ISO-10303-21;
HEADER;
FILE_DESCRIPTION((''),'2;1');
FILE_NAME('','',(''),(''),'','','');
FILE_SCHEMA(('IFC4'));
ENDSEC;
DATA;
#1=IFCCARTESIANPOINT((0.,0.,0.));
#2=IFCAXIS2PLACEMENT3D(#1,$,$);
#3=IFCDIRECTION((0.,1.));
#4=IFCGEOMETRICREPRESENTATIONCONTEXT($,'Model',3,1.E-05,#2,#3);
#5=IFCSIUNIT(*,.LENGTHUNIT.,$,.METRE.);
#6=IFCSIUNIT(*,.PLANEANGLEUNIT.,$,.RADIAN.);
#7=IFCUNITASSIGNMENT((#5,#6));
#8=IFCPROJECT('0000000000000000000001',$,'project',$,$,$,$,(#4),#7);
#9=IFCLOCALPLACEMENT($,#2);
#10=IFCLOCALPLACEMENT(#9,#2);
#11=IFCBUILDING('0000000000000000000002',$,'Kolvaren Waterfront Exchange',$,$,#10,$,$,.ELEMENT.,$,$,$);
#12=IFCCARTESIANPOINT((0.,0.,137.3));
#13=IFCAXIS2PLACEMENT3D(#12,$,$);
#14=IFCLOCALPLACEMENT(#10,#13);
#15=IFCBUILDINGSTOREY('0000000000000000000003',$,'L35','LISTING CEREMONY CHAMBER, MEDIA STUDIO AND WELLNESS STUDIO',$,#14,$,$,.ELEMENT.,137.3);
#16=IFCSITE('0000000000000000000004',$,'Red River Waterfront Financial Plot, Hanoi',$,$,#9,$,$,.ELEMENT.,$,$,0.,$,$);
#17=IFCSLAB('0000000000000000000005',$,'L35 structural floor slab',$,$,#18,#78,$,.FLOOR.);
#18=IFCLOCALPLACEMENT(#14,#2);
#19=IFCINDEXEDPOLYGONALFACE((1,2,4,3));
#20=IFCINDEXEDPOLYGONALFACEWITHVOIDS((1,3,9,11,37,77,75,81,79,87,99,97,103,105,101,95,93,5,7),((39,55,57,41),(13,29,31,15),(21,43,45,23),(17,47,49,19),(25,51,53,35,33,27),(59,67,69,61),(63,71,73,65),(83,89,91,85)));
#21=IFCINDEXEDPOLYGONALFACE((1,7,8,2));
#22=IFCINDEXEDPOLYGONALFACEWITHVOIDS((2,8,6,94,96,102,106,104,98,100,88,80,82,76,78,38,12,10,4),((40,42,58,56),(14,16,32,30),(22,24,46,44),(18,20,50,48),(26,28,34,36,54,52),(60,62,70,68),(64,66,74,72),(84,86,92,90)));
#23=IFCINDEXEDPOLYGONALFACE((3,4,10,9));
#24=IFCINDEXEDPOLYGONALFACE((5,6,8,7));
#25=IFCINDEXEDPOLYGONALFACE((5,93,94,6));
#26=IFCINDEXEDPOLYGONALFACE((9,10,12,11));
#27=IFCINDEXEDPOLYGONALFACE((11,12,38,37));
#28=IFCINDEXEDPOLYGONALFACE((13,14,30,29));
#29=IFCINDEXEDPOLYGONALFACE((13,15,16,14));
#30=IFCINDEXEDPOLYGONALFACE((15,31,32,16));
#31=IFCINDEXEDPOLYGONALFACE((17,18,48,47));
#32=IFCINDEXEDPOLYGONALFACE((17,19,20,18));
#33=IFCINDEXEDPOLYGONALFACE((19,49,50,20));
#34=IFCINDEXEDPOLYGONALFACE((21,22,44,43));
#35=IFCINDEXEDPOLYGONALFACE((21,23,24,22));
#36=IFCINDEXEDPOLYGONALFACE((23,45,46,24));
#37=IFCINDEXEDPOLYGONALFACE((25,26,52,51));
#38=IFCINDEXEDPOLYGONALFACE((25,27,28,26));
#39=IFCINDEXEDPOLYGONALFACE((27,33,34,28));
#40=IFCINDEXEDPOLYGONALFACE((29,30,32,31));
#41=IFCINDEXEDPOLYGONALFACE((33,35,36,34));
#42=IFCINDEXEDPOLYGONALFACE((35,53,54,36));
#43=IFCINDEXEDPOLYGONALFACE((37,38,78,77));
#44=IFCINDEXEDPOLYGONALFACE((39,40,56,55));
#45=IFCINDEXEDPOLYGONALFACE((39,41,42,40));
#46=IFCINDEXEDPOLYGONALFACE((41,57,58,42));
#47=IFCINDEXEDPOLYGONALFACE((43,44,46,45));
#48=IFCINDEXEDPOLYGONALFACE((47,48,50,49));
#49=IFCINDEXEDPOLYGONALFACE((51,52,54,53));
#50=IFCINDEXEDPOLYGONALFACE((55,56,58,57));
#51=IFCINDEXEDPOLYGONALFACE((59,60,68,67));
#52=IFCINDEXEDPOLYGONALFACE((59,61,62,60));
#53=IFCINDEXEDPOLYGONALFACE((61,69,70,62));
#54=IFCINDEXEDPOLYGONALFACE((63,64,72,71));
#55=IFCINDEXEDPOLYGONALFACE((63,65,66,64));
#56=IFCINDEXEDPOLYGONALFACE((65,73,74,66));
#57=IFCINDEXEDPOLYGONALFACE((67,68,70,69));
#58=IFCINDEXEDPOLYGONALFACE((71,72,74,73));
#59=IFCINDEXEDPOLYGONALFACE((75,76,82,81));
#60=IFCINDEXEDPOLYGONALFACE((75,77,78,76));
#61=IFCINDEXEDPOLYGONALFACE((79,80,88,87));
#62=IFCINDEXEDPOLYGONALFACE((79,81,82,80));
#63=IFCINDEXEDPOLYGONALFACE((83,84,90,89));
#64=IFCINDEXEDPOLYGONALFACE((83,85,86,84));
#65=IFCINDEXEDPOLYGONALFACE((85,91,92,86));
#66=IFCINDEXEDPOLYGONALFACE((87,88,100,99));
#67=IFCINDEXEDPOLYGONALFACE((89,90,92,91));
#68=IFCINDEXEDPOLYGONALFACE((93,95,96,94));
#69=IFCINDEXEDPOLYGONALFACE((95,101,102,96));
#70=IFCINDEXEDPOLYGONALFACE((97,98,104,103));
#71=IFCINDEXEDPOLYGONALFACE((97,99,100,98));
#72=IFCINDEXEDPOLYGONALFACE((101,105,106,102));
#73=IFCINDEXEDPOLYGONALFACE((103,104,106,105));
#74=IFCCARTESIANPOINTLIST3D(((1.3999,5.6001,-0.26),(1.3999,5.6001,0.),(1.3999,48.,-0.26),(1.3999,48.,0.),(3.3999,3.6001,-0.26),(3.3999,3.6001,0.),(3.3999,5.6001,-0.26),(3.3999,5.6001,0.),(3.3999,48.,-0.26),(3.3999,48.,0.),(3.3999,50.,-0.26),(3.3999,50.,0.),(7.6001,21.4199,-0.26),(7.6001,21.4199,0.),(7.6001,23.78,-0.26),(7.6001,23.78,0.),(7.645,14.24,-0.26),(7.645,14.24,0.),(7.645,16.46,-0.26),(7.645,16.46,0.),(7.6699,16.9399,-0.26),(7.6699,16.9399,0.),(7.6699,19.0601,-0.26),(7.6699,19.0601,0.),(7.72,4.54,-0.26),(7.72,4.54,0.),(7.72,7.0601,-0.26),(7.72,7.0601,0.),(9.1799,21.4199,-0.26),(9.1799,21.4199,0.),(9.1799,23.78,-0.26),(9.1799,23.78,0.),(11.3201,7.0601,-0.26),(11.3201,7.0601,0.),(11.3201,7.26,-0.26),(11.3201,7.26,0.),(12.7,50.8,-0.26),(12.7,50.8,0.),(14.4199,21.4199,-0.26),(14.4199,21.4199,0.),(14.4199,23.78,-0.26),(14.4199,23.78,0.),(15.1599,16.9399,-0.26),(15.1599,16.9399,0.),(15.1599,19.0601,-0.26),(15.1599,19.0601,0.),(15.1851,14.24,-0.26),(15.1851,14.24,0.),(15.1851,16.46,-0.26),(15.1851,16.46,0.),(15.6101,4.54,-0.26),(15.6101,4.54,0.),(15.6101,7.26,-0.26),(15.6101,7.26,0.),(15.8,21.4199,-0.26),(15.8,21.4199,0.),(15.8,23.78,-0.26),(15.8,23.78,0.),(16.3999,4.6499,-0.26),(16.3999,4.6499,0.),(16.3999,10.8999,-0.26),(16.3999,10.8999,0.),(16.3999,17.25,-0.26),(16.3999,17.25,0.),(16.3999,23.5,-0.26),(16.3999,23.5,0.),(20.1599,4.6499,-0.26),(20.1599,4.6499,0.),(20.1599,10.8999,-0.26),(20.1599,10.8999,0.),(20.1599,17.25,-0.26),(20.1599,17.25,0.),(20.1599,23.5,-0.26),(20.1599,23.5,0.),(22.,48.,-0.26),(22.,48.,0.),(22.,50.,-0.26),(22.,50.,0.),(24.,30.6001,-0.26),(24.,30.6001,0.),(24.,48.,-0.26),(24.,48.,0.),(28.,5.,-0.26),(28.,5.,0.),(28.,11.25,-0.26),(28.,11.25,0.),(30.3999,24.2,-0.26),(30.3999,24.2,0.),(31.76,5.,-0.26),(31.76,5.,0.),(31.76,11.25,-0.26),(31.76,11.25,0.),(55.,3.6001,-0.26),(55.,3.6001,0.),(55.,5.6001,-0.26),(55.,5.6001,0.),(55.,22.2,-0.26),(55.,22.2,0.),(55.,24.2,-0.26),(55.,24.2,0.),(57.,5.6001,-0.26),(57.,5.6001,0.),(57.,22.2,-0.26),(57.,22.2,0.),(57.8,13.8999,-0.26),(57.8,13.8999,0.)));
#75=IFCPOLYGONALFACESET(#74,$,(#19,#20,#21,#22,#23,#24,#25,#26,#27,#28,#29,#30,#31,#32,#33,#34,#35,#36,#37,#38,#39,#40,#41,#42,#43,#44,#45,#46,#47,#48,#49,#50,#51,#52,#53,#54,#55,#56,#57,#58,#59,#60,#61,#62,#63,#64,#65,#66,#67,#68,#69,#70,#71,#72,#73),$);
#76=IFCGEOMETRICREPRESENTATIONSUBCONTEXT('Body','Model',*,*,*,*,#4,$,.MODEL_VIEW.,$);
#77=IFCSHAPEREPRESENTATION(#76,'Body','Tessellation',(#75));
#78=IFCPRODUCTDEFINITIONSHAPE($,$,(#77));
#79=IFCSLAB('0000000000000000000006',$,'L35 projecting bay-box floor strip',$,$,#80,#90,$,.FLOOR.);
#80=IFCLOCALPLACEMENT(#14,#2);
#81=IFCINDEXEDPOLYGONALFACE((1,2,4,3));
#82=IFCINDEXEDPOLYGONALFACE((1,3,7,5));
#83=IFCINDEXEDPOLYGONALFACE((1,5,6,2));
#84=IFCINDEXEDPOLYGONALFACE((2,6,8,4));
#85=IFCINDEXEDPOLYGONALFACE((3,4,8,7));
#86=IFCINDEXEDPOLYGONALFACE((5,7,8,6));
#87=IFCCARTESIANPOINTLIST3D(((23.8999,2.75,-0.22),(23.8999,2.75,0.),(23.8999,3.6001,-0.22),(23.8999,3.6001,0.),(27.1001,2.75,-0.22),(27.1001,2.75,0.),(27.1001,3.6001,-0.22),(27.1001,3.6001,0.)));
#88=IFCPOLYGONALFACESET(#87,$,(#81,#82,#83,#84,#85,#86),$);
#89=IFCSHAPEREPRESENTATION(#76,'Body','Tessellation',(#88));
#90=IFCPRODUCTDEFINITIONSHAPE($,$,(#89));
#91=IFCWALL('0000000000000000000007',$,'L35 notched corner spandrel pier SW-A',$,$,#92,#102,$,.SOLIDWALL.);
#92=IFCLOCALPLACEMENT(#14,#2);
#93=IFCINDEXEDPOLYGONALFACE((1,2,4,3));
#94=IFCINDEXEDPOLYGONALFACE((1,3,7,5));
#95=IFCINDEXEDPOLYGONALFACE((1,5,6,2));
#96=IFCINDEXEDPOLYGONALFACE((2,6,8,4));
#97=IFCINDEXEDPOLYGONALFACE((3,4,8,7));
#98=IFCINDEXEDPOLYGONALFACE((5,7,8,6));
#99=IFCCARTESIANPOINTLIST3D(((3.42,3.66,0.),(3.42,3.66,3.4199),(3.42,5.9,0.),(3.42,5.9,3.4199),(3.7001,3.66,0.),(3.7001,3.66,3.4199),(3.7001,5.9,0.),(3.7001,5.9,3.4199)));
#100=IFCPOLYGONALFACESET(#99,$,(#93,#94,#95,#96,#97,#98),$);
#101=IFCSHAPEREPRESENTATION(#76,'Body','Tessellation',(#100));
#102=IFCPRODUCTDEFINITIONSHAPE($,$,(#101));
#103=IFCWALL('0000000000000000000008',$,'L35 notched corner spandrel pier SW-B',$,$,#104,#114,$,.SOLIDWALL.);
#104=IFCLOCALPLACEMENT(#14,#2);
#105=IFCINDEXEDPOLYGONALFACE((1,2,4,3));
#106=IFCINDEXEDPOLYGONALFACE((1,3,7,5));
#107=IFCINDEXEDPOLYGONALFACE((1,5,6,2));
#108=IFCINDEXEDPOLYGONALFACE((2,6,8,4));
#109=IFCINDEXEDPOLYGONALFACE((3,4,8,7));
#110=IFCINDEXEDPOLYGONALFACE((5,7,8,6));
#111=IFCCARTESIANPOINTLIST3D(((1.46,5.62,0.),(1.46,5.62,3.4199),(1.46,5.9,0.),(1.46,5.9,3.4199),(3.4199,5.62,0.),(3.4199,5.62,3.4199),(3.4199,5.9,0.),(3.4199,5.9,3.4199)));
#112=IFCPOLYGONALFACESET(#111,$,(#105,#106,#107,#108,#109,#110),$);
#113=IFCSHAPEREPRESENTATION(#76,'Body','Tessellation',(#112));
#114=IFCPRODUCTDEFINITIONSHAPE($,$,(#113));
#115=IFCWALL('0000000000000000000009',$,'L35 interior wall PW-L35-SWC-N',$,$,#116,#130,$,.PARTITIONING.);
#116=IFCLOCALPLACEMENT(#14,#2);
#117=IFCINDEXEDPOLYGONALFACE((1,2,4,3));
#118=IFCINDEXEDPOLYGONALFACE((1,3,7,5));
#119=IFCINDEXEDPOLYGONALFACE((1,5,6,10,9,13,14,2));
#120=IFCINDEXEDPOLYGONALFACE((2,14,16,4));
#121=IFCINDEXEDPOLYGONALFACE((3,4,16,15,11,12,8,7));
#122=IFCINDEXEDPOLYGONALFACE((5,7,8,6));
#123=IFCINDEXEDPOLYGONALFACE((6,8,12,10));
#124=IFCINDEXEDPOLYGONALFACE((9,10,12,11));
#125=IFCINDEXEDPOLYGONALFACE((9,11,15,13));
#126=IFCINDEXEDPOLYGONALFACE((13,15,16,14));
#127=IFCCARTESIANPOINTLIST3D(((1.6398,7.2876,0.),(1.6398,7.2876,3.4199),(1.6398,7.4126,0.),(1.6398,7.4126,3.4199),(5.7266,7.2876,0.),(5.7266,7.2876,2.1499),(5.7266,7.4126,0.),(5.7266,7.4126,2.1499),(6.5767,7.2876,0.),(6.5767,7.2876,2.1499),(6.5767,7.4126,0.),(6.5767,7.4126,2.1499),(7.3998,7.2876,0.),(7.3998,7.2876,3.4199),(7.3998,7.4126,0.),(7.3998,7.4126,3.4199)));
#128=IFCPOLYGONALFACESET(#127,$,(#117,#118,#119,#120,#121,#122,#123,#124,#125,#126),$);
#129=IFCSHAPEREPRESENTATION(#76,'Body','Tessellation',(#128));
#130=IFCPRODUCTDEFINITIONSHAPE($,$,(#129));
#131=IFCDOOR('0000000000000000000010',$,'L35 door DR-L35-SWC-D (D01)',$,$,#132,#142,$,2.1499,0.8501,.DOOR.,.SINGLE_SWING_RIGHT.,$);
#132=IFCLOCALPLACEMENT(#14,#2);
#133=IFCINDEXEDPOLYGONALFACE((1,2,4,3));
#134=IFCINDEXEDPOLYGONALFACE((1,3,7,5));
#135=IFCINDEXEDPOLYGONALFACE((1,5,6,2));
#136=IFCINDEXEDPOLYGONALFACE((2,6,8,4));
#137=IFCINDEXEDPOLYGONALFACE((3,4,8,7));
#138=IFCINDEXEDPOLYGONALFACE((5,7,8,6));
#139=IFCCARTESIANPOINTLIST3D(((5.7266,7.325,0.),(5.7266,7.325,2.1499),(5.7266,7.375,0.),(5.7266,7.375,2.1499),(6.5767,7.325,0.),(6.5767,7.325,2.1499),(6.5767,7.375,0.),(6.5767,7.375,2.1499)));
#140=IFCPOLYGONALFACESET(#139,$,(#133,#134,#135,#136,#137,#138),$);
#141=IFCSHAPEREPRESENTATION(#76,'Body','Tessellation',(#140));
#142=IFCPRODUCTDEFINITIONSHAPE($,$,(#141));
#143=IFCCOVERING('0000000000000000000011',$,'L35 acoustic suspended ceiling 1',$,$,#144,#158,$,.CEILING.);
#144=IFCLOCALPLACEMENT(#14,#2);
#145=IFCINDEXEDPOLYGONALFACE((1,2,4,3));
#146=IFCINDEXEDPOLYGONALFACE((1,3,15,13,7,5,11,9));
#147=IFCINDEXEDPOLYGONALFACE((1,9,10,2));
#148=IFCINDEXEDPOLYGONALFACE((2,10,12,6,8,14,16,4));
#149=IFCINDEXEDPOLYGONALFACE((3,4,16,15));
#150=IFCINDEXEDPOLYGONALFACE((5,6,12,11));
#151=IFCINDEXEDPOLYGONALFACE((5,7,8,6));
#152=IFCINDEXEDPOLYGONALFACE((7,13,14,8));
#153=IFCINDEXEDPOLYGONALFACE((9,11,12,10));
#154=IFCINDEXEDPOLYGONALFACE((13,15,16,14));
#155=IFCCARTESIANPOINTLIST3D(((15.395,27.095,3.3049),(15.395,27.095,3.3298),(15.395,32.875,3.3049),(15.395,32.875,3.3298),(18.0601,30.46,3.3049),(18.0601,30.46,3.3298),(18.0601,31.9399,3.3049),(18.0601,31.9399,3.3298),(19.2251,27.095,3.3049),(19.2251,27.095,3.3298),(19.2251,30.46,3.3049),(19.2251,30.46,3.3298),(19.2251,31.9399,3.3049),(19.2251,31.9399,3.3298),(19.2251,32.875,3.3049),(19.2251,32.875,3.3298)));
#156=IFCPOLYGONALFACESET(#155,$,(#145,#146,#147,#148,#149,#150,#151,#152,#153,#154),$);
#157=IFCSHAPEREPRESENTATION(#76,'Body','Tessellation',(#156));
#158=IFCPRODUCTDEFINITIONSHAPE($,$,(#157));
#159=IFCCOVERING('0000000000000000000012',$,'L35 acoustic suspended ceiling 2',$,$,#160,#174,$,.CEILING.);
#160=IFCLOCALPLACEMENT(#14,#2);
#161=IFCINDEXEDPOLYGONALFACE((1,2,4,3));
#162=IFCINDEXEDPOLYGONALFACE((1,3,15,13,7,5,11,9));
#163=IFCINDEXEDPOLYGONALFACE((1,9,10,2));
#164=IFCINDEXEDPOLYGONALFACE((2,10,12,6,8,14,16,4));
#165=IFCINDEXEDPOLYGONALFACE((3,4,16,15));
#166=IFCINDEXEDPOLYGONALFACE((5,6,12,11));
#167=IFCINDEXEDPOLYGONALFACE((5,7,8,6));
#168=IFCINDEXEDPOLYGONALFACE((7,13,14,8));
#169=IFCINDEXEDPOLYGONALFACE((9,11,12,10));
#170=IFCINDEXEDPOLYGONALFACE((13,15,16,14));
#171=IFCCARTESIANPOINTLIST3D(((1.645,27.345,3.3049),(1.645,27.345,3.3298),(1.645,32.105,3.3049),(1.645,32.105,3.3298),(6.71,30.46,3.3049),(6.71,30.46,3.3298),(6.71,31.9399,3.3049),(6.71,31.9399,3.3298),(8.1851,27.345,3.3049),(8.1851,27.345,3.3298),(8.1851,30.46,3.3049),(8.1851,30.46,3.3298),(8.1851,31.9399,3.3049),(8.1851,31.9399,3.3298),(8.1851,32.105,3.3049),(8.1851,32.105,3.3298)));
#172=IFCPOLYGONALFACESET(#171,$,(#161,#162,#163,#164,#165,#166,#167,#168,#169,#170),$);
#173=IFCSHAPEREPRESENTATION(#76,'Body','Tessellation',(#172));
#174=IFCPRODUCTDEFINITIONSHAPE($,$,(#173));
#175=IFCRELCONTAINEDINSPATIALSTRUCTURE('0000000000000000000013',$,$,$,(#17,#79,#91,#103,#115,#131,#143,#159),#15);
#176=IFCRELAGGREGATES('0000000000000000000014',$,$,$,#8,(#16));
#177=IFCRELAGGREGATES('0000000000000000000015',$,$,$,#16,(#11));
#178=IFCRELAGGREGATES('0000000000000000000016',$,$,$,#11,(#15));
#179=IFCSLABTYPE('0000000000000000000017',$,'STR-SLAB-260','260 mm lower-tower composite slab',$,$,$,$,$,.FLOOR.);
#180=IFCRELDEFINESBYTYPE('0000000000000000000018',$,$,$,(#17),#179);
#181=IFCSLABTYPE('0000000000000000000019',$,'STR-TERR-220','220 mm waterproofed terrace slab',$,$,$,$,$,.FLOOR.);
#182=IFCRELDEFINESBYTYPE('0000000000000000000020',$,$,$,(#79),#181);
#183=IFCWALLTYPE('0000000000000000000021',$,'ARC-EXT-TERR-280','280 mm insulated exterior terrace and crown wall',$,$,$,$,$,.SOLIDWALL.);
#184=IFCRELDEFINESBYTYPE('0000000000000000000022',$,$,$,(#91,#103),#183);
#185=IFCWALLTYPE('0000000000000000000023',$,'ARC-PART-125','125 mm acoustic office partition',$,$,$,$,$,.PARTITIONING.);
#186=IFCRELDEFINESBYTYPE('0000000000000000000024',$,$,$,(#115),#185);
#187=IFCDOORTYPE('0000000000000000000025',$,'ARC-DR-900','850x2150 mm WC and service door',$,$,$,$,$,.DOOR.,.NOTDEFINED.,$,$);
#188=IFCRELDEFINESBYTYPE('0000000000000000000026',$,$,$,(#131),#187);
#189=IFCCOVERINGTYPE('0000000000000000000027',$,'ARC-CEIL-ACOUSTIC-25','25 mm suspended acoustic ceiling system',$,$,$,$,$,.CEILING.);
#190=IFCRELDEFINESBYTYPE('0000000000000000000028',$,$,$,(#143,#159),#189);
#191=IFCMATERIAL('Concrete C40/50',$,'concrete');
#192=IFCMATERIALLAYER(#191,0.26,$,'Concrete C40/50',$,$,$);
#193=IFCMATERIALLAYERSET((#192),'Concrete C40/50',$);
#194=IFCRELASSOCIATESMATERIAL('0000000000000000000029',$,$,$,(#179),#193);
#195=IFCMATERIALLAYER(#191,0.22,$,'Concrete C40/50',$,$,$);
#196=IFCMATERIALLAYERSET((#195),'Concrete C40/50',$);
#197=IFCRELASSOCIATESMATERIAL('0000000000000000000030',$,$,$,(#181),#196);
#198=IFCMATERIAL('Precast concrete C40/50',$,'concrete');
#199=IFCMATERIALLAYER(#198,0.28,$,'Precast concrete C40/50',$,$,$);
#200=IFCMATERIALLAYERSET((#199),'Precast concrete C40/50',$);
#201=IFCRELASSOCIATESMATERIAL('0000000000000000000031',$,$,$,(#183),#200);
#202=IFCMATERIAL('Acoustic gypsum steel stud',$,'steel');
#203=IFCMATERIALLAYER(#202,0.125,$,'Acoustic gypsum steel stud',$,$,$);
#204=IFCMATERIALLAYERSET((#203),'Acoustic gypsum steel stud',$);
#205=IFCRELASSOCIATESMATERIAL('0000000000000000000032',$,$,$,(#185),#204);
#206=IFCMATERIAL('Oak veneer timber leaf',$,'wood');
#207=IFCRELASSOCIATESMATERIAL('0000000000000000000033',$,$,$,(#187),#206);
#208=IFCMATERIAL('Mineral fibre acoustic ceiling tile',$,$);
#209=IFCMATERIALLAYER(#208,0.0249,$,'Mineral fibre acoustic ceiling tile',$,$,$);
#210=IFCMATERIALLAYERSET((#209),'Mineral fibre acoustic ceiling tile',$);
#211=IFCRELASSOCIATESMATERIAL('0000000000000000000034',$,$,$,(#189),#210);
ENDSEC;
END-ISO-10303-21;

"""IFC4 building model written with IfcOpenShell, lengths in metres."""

from ifc_helpers import new_model, si_unit, direction, frame, frame_2d, origin, place, context, subcontext, project, spatial, polyline, rectangle, outline, extrude, material, layer, layer_set, type_object, element, fill, save


model = new_model("IFC4")

# Units and contexts
model_context = context("Model", 3, precision=1e-05, world=origin(), true_north=direction((0.0, 1.0)))
body_context = subcontext(model_context, "Body", "Model", "MODEL_VIEW")
ifc_project = project(units=[si_unit("LENGTHUNIT", "METRE"), si_unit("PLANEANGLEUNIT", "RADIAN")], contexts=[model_context])

# Site, building, storey
site_placement = place(None, origin())
site = spatial("IfcSite", under=ifc_project, at=site_placement, Name="Red River Waterfront Financial Plot, Hanoi", CompositionType="ELEMENT", RefElevation=0.0)
building_placement = place(site_placement, origin())
building = spatial("IfcBuilding", under=site, at=building_placement, Name="Kolvaren Waterfront Exchange", CompositionType="ELEMENT")
storey_placement = place(building_placement, frame((0.0, 0.0, 137.3)))
storey = spatial("IfcBuildingStorey", under=building, at=storey_placement, Name="L35", Description="LISTING CEREMONY CHAMBER, MEDIA STUDIO AND WELLNESS STUDIO", CompositionType="ELEMENT", Elevation=137.3)

# Shared definitions
ifc_material_1 = material(Name="Concrete C40/50", Category="concrete")

# Slabs
ifc_layer_1 = layer(ifc_material_1, 0.26, Name="Concrete C40/50")
ifc_layer_set_1 = layer_set([ifc_layer_1], Name="Concrete C40/50")
slab_type_1 = type_object("IfcSlabType", Name="STR-SLAB-260", Description="260 mm lower-tower composite slab", PredefinedType="FLOOR", material=ifc_layer_set_1)
slab_1_placement = place(storey_placement, frame((0.0, 0.0, -0.26)))
element("IfcSlab", 1, at=slab_1_placement, inside=storey, type_object=slab_type_1, Name="L35 structural floor slab", PredefinedType="FLOOR", context=body_context, shape_type="SweptSolid", body=[
    extrude(outline(polyline([(3.3999, 3.6001), (55.0, 3.6001), (55.0, 5.6001), (57.0, 5.6001), (57.8, 13.8999), (57.0, 22.2), (55.0, 22.2), (55.0, 24.2), (30.3999, 24.2), (24.0, 30.6001), (24.0, 48.0), (22.0, 48.0), (22.0, 50.0), (12.7, 50.8), (3.3999, 50.0), (3.3999, 48.0), (1.3999, 48.0), (1.3999, 5.6001), (3.3999, 5.6001), (3.3999, 3.6001)]), holes=[polyline([(11.3201, 7.26), (15.6101, 7.26), (15.6101, 4.54), (7.72, 4.54), (7.72, 7.0601), (11.3201, 7.0601), (11.3201, 7.26)]), polyline([(20.1599, 10.8999), (20.1599, 4.6499), (16.3999, 4.6499), (16.3999, 10.8999), (20.1599, 10.8999)]), polyline([(31.76, 11.25), (31.76, 5.0), (28.0, 5.0), (28.0, 11.25), (31.76, 11.25)]), polyline([(15.1851, 14.24), (7.645, 14.24), (7.645, 16.46), (15.1851, 16.46), (15.1851, 14.24)]), polyline([(15.1599, 16.9399), (7.6699, 16.9399), (7.6699, 19.0601), (15.1599, 19.0601), (15.1599, 16.9399)]), polyline([(16.3999, 23.5), (20.1599, 23.5), (20.1599, 17.25), (16.3999, 17.25), (16.3999, 23.5)]), polyline([(7.6001, 23.78), (9.1799, 23.78), (9.1799, 21.4199), (7.6001, 21.4199), (7.6001, 23.78)]), polyline([(15.8, 23.78), (15.8, 21.4199), (14.4199, 21.4199), (14.4199, 23.78), (15.8, 23.78)])]), origin(), (0.0, 0.0, 1.0), 0.26),
])
ifc_layer_2 = layer(ifc_material_1, 0.22, Name="Concrete C40/50")
ifc_layer_set_2 = layer_set([ifc_layer_2], Name="Concrete C40/50")
slab_type_2 = type_object("IfcSlabType", Name="STR-TERR-220", Description="220 mm waterproofed terrace slab", PredefinedType="FLOOR", material=ifc_layer_set_2)
slab_2_placement = place(storey_placement, frame((0.0, 0.0, -0.22)))
element("IfcSlab", 2, at=slab_2_placement, inside=storey, type_object=slab_type_2, Name="L35 projecting bay-box floor strip", PredefinedType="FLOOR", context=body_context, shape_type="SweptSolid", body=[
    extrude(outline(polyline([(23.8999, 2.75), (27.1001, 2.75), (27.1001, 3.6001), (23.8999, 3.6001), (23.8999, 2.75)])), origin(), (0.0, 0.0, 1.0), 0.22),
])

# Walls
ifc_material_2 = material(Name="Precast concrete C40/50", Category="concrete")
ifc_layer_3 = layer(ifc_material_2, 0.28, Name="Precast concrete C40/50")
ifc_layer_set_3 = layer_set([ifc_layer_3], Name="Precast concrete C40/50")
wall_type_1 = type_object("IfcWallType", Name="ARC-EXT-TERR-280", Description="280 mm insulated exterior terrace and crown wall", PredefinedType="SOLIDWALL", material=ifc_layer_set_3)
wall_1_placement = place(storey_placement, frame((3.5601, 3.6599, 0.0), z_axis=(0.0, 0.0, 1.0), x_axis=(0.0, 1.0, 0.0)))
element("IfcWall", 3, at=wall_1_placement, inside=storey, type_object=wall_type_1, Name="L35 notched corner spandrel pier SW-A", PredefinedType="SOLIDWALL", context=body_context, shape_type="SweptSolid", body=[
    extrude(rectangle(XDim=2.24, YDim=0.28, at=frame_2d((1.1201, 0.0))), origin(), (0.0, 0.0, 1.0), 3.4199),
])
wall_2_placement = place(storey_placement, frame((1.46, 5.76, 0.0), z_axis=(0.0, 0.0, 1.0), x_axis=(1.0, 0.0, 0.0)))
element("IfcWall", 4, at=wall_2_placement, inside=storey, type_object=wall_type_1, Name="L35 notched corner spandrel pier SW-B", PredefinedType="SOLIDWALL", context=body_context, shape_type="SweptSolid", body=[
    extrude(rectangle(XDim=1.96, YDim=0.28, at=frame_2d((0.98, 0.0))), origin(), (0.0, 0.0, 1.0), 3.4199),
])

# Wall, opening, door
ifc_material_3 = material(Name="Acoustic gypsum steel stud", Category="steel")
ifc_layer_4 = layer(ifc_material_3, 0.125, Name="Acoustic gypsum steel stud")
ifc_layer_set_4 = layer_set([ifc_layer_4], Name="Acoustic gypsum steel stud")
wall_type_2 = type_object("IfcWallType", Name="ARC-PART-125", Description="125 mm acoustic office partition", PredefinedType="PARTITIONING", material=ifc_layer_set_4)
wall_3_placement = place(storey_placement, frame((1.6399, 7.3501, 0.0), z_axis=(0.0, 0.0, 1.0), x_axis=(1.0, 0.0, 0.0)))
wall_3 = element("IfcWall", 5, at=wall_3_placement, inside=storey, type_object=wall_type_2, Name="L35 interior wall PW-L35-SWC-N", PredefinedType="PARTITIONING", context=body_context, shape_type="SweptSolid", body=[
    extrude(rectangle(XDim=5.76, YDim=0.125, at=frame_2d((2.8799, 0.0))), origin(), (0.0, 0.0, 1.0), 3.4199),
])
opening_placement = place(wall_3_placement, frame((4.0867, 0.0, 0.0)))
opening = element("IfcOpeningElement", 6, at=opening_placement, cuts=wall_3, PredefinedType="OPENING", context=body_context, shape_type="SweptSolid", body=[
    extrude(rectangle(XDim=0.8501, YDim=2.1499, at=frame_2d((0.425, 1.075))), frame((0.0, 0.0725, 0.0), z_axis=(0.0, -1.0, 0.0), x_axis=(1.0, 0.0, 0.0)), (0.0, 0.0, 1.0), 0.145),
])
ifc_material_4 = material(Name="Oak veneer timber leaf", Category="wood")
door_type = type_object("IfcDoorType", Name="ARC-DR-900", Description="850x2150 mm WC and service door", OperationType="NOTDEFINED", PredefinedType="DOOR", material=ifc_material_4)
door_placement = place(opening_placement, origin())
door = element("IfcDoor", 7, at=door_placement, inside=storey, type_object=door_type, Name="L35 door DR-L35-SWC-D (D01)", OperationType="SINGLE_SWING_RIGHT", OverallHeight=2.1499, OverallWidth=0.8501, PredefinedType="DOOR", context=body_context, shape_type="SweptSolid", body=[
    extrude(rectangle(XDim=0.8501, YDim=2.1499, at=frame_2d((0.425, 1.075))), frame((0.0, 0.0249, 0.0), z_axis=(0.0, -1.0, 0.0), x_axis=(1.0, 0.0, 0.0)), (0.0, 0.0, 1.0), 0.05),
])
fill(opening, door)

# Coverings
ifc_material_5 = material(Name="Mineral fibre acoustic ceiling tile")
ifc_layer_5 = layer(ifc_material_5, 0.0249, Name="Mineral fibre acoustic ceiling tile")
ifc_layer_set_5 = layer_set([ifc_layer_5], Name="Mineral fibre acoustic ceiling tile")
covering_type_1 = type_object("IfcCoveringType", Name="ARC-CEIL-ACOUSTIC-25", Description="25 mm suspended acoustic ceiling system", PredefinedType="CEILING", material=ifc_layer_set_5)
covering_1_placement = place(storey_placement, frame((0.0, 0.0, 3.3049)))
element("IfcCovering", 8, at=covering_1_placement, inside=storey, type_object=covering_type_1, Name="L35 acoustic suspended ceiling 1", PredefinedType="CEILING", context=body_context, shape_type="SweptSolid", body=[
    extrude(outline(polyline([(19.2251, 30.46), (18.0601, 30.46), (18.0601, 31.9399), (19.2251, 31.9399), (19.2251, 32.875), (15.395, 32.875), (15.395, 27.095), (19.2251, 27.095), (19.2251, 30.46)])), origin(), (0.0, 0.0, 1.0), 0.0249),
])
covering_2_placement = place(storey_placement, frame((0.0, 0.0, 3.3049)))
element("IfcCovering", 9, at=covering_2_placement, inside=storey, type_object=covering_type_1, Name="L35 acoustic suspended ceiling 2", PredefinedType="CEILING", context=body_context, shape_type="SweptSolid", body=[
    extrude(outline(polyline([(8.1851, 30.46), (6.71, 30.46), (6.71, 31.9399), (8.1851, 31.9399), (8.1851, 32.105), (1.645, 32.105), (1.645, 27.345), (8.1851, 27.345), (8.1851, 30.46)])), origin(), (0.0, 0.0, 1.0), 0.0249),
])

save(model, "model.ifc")
